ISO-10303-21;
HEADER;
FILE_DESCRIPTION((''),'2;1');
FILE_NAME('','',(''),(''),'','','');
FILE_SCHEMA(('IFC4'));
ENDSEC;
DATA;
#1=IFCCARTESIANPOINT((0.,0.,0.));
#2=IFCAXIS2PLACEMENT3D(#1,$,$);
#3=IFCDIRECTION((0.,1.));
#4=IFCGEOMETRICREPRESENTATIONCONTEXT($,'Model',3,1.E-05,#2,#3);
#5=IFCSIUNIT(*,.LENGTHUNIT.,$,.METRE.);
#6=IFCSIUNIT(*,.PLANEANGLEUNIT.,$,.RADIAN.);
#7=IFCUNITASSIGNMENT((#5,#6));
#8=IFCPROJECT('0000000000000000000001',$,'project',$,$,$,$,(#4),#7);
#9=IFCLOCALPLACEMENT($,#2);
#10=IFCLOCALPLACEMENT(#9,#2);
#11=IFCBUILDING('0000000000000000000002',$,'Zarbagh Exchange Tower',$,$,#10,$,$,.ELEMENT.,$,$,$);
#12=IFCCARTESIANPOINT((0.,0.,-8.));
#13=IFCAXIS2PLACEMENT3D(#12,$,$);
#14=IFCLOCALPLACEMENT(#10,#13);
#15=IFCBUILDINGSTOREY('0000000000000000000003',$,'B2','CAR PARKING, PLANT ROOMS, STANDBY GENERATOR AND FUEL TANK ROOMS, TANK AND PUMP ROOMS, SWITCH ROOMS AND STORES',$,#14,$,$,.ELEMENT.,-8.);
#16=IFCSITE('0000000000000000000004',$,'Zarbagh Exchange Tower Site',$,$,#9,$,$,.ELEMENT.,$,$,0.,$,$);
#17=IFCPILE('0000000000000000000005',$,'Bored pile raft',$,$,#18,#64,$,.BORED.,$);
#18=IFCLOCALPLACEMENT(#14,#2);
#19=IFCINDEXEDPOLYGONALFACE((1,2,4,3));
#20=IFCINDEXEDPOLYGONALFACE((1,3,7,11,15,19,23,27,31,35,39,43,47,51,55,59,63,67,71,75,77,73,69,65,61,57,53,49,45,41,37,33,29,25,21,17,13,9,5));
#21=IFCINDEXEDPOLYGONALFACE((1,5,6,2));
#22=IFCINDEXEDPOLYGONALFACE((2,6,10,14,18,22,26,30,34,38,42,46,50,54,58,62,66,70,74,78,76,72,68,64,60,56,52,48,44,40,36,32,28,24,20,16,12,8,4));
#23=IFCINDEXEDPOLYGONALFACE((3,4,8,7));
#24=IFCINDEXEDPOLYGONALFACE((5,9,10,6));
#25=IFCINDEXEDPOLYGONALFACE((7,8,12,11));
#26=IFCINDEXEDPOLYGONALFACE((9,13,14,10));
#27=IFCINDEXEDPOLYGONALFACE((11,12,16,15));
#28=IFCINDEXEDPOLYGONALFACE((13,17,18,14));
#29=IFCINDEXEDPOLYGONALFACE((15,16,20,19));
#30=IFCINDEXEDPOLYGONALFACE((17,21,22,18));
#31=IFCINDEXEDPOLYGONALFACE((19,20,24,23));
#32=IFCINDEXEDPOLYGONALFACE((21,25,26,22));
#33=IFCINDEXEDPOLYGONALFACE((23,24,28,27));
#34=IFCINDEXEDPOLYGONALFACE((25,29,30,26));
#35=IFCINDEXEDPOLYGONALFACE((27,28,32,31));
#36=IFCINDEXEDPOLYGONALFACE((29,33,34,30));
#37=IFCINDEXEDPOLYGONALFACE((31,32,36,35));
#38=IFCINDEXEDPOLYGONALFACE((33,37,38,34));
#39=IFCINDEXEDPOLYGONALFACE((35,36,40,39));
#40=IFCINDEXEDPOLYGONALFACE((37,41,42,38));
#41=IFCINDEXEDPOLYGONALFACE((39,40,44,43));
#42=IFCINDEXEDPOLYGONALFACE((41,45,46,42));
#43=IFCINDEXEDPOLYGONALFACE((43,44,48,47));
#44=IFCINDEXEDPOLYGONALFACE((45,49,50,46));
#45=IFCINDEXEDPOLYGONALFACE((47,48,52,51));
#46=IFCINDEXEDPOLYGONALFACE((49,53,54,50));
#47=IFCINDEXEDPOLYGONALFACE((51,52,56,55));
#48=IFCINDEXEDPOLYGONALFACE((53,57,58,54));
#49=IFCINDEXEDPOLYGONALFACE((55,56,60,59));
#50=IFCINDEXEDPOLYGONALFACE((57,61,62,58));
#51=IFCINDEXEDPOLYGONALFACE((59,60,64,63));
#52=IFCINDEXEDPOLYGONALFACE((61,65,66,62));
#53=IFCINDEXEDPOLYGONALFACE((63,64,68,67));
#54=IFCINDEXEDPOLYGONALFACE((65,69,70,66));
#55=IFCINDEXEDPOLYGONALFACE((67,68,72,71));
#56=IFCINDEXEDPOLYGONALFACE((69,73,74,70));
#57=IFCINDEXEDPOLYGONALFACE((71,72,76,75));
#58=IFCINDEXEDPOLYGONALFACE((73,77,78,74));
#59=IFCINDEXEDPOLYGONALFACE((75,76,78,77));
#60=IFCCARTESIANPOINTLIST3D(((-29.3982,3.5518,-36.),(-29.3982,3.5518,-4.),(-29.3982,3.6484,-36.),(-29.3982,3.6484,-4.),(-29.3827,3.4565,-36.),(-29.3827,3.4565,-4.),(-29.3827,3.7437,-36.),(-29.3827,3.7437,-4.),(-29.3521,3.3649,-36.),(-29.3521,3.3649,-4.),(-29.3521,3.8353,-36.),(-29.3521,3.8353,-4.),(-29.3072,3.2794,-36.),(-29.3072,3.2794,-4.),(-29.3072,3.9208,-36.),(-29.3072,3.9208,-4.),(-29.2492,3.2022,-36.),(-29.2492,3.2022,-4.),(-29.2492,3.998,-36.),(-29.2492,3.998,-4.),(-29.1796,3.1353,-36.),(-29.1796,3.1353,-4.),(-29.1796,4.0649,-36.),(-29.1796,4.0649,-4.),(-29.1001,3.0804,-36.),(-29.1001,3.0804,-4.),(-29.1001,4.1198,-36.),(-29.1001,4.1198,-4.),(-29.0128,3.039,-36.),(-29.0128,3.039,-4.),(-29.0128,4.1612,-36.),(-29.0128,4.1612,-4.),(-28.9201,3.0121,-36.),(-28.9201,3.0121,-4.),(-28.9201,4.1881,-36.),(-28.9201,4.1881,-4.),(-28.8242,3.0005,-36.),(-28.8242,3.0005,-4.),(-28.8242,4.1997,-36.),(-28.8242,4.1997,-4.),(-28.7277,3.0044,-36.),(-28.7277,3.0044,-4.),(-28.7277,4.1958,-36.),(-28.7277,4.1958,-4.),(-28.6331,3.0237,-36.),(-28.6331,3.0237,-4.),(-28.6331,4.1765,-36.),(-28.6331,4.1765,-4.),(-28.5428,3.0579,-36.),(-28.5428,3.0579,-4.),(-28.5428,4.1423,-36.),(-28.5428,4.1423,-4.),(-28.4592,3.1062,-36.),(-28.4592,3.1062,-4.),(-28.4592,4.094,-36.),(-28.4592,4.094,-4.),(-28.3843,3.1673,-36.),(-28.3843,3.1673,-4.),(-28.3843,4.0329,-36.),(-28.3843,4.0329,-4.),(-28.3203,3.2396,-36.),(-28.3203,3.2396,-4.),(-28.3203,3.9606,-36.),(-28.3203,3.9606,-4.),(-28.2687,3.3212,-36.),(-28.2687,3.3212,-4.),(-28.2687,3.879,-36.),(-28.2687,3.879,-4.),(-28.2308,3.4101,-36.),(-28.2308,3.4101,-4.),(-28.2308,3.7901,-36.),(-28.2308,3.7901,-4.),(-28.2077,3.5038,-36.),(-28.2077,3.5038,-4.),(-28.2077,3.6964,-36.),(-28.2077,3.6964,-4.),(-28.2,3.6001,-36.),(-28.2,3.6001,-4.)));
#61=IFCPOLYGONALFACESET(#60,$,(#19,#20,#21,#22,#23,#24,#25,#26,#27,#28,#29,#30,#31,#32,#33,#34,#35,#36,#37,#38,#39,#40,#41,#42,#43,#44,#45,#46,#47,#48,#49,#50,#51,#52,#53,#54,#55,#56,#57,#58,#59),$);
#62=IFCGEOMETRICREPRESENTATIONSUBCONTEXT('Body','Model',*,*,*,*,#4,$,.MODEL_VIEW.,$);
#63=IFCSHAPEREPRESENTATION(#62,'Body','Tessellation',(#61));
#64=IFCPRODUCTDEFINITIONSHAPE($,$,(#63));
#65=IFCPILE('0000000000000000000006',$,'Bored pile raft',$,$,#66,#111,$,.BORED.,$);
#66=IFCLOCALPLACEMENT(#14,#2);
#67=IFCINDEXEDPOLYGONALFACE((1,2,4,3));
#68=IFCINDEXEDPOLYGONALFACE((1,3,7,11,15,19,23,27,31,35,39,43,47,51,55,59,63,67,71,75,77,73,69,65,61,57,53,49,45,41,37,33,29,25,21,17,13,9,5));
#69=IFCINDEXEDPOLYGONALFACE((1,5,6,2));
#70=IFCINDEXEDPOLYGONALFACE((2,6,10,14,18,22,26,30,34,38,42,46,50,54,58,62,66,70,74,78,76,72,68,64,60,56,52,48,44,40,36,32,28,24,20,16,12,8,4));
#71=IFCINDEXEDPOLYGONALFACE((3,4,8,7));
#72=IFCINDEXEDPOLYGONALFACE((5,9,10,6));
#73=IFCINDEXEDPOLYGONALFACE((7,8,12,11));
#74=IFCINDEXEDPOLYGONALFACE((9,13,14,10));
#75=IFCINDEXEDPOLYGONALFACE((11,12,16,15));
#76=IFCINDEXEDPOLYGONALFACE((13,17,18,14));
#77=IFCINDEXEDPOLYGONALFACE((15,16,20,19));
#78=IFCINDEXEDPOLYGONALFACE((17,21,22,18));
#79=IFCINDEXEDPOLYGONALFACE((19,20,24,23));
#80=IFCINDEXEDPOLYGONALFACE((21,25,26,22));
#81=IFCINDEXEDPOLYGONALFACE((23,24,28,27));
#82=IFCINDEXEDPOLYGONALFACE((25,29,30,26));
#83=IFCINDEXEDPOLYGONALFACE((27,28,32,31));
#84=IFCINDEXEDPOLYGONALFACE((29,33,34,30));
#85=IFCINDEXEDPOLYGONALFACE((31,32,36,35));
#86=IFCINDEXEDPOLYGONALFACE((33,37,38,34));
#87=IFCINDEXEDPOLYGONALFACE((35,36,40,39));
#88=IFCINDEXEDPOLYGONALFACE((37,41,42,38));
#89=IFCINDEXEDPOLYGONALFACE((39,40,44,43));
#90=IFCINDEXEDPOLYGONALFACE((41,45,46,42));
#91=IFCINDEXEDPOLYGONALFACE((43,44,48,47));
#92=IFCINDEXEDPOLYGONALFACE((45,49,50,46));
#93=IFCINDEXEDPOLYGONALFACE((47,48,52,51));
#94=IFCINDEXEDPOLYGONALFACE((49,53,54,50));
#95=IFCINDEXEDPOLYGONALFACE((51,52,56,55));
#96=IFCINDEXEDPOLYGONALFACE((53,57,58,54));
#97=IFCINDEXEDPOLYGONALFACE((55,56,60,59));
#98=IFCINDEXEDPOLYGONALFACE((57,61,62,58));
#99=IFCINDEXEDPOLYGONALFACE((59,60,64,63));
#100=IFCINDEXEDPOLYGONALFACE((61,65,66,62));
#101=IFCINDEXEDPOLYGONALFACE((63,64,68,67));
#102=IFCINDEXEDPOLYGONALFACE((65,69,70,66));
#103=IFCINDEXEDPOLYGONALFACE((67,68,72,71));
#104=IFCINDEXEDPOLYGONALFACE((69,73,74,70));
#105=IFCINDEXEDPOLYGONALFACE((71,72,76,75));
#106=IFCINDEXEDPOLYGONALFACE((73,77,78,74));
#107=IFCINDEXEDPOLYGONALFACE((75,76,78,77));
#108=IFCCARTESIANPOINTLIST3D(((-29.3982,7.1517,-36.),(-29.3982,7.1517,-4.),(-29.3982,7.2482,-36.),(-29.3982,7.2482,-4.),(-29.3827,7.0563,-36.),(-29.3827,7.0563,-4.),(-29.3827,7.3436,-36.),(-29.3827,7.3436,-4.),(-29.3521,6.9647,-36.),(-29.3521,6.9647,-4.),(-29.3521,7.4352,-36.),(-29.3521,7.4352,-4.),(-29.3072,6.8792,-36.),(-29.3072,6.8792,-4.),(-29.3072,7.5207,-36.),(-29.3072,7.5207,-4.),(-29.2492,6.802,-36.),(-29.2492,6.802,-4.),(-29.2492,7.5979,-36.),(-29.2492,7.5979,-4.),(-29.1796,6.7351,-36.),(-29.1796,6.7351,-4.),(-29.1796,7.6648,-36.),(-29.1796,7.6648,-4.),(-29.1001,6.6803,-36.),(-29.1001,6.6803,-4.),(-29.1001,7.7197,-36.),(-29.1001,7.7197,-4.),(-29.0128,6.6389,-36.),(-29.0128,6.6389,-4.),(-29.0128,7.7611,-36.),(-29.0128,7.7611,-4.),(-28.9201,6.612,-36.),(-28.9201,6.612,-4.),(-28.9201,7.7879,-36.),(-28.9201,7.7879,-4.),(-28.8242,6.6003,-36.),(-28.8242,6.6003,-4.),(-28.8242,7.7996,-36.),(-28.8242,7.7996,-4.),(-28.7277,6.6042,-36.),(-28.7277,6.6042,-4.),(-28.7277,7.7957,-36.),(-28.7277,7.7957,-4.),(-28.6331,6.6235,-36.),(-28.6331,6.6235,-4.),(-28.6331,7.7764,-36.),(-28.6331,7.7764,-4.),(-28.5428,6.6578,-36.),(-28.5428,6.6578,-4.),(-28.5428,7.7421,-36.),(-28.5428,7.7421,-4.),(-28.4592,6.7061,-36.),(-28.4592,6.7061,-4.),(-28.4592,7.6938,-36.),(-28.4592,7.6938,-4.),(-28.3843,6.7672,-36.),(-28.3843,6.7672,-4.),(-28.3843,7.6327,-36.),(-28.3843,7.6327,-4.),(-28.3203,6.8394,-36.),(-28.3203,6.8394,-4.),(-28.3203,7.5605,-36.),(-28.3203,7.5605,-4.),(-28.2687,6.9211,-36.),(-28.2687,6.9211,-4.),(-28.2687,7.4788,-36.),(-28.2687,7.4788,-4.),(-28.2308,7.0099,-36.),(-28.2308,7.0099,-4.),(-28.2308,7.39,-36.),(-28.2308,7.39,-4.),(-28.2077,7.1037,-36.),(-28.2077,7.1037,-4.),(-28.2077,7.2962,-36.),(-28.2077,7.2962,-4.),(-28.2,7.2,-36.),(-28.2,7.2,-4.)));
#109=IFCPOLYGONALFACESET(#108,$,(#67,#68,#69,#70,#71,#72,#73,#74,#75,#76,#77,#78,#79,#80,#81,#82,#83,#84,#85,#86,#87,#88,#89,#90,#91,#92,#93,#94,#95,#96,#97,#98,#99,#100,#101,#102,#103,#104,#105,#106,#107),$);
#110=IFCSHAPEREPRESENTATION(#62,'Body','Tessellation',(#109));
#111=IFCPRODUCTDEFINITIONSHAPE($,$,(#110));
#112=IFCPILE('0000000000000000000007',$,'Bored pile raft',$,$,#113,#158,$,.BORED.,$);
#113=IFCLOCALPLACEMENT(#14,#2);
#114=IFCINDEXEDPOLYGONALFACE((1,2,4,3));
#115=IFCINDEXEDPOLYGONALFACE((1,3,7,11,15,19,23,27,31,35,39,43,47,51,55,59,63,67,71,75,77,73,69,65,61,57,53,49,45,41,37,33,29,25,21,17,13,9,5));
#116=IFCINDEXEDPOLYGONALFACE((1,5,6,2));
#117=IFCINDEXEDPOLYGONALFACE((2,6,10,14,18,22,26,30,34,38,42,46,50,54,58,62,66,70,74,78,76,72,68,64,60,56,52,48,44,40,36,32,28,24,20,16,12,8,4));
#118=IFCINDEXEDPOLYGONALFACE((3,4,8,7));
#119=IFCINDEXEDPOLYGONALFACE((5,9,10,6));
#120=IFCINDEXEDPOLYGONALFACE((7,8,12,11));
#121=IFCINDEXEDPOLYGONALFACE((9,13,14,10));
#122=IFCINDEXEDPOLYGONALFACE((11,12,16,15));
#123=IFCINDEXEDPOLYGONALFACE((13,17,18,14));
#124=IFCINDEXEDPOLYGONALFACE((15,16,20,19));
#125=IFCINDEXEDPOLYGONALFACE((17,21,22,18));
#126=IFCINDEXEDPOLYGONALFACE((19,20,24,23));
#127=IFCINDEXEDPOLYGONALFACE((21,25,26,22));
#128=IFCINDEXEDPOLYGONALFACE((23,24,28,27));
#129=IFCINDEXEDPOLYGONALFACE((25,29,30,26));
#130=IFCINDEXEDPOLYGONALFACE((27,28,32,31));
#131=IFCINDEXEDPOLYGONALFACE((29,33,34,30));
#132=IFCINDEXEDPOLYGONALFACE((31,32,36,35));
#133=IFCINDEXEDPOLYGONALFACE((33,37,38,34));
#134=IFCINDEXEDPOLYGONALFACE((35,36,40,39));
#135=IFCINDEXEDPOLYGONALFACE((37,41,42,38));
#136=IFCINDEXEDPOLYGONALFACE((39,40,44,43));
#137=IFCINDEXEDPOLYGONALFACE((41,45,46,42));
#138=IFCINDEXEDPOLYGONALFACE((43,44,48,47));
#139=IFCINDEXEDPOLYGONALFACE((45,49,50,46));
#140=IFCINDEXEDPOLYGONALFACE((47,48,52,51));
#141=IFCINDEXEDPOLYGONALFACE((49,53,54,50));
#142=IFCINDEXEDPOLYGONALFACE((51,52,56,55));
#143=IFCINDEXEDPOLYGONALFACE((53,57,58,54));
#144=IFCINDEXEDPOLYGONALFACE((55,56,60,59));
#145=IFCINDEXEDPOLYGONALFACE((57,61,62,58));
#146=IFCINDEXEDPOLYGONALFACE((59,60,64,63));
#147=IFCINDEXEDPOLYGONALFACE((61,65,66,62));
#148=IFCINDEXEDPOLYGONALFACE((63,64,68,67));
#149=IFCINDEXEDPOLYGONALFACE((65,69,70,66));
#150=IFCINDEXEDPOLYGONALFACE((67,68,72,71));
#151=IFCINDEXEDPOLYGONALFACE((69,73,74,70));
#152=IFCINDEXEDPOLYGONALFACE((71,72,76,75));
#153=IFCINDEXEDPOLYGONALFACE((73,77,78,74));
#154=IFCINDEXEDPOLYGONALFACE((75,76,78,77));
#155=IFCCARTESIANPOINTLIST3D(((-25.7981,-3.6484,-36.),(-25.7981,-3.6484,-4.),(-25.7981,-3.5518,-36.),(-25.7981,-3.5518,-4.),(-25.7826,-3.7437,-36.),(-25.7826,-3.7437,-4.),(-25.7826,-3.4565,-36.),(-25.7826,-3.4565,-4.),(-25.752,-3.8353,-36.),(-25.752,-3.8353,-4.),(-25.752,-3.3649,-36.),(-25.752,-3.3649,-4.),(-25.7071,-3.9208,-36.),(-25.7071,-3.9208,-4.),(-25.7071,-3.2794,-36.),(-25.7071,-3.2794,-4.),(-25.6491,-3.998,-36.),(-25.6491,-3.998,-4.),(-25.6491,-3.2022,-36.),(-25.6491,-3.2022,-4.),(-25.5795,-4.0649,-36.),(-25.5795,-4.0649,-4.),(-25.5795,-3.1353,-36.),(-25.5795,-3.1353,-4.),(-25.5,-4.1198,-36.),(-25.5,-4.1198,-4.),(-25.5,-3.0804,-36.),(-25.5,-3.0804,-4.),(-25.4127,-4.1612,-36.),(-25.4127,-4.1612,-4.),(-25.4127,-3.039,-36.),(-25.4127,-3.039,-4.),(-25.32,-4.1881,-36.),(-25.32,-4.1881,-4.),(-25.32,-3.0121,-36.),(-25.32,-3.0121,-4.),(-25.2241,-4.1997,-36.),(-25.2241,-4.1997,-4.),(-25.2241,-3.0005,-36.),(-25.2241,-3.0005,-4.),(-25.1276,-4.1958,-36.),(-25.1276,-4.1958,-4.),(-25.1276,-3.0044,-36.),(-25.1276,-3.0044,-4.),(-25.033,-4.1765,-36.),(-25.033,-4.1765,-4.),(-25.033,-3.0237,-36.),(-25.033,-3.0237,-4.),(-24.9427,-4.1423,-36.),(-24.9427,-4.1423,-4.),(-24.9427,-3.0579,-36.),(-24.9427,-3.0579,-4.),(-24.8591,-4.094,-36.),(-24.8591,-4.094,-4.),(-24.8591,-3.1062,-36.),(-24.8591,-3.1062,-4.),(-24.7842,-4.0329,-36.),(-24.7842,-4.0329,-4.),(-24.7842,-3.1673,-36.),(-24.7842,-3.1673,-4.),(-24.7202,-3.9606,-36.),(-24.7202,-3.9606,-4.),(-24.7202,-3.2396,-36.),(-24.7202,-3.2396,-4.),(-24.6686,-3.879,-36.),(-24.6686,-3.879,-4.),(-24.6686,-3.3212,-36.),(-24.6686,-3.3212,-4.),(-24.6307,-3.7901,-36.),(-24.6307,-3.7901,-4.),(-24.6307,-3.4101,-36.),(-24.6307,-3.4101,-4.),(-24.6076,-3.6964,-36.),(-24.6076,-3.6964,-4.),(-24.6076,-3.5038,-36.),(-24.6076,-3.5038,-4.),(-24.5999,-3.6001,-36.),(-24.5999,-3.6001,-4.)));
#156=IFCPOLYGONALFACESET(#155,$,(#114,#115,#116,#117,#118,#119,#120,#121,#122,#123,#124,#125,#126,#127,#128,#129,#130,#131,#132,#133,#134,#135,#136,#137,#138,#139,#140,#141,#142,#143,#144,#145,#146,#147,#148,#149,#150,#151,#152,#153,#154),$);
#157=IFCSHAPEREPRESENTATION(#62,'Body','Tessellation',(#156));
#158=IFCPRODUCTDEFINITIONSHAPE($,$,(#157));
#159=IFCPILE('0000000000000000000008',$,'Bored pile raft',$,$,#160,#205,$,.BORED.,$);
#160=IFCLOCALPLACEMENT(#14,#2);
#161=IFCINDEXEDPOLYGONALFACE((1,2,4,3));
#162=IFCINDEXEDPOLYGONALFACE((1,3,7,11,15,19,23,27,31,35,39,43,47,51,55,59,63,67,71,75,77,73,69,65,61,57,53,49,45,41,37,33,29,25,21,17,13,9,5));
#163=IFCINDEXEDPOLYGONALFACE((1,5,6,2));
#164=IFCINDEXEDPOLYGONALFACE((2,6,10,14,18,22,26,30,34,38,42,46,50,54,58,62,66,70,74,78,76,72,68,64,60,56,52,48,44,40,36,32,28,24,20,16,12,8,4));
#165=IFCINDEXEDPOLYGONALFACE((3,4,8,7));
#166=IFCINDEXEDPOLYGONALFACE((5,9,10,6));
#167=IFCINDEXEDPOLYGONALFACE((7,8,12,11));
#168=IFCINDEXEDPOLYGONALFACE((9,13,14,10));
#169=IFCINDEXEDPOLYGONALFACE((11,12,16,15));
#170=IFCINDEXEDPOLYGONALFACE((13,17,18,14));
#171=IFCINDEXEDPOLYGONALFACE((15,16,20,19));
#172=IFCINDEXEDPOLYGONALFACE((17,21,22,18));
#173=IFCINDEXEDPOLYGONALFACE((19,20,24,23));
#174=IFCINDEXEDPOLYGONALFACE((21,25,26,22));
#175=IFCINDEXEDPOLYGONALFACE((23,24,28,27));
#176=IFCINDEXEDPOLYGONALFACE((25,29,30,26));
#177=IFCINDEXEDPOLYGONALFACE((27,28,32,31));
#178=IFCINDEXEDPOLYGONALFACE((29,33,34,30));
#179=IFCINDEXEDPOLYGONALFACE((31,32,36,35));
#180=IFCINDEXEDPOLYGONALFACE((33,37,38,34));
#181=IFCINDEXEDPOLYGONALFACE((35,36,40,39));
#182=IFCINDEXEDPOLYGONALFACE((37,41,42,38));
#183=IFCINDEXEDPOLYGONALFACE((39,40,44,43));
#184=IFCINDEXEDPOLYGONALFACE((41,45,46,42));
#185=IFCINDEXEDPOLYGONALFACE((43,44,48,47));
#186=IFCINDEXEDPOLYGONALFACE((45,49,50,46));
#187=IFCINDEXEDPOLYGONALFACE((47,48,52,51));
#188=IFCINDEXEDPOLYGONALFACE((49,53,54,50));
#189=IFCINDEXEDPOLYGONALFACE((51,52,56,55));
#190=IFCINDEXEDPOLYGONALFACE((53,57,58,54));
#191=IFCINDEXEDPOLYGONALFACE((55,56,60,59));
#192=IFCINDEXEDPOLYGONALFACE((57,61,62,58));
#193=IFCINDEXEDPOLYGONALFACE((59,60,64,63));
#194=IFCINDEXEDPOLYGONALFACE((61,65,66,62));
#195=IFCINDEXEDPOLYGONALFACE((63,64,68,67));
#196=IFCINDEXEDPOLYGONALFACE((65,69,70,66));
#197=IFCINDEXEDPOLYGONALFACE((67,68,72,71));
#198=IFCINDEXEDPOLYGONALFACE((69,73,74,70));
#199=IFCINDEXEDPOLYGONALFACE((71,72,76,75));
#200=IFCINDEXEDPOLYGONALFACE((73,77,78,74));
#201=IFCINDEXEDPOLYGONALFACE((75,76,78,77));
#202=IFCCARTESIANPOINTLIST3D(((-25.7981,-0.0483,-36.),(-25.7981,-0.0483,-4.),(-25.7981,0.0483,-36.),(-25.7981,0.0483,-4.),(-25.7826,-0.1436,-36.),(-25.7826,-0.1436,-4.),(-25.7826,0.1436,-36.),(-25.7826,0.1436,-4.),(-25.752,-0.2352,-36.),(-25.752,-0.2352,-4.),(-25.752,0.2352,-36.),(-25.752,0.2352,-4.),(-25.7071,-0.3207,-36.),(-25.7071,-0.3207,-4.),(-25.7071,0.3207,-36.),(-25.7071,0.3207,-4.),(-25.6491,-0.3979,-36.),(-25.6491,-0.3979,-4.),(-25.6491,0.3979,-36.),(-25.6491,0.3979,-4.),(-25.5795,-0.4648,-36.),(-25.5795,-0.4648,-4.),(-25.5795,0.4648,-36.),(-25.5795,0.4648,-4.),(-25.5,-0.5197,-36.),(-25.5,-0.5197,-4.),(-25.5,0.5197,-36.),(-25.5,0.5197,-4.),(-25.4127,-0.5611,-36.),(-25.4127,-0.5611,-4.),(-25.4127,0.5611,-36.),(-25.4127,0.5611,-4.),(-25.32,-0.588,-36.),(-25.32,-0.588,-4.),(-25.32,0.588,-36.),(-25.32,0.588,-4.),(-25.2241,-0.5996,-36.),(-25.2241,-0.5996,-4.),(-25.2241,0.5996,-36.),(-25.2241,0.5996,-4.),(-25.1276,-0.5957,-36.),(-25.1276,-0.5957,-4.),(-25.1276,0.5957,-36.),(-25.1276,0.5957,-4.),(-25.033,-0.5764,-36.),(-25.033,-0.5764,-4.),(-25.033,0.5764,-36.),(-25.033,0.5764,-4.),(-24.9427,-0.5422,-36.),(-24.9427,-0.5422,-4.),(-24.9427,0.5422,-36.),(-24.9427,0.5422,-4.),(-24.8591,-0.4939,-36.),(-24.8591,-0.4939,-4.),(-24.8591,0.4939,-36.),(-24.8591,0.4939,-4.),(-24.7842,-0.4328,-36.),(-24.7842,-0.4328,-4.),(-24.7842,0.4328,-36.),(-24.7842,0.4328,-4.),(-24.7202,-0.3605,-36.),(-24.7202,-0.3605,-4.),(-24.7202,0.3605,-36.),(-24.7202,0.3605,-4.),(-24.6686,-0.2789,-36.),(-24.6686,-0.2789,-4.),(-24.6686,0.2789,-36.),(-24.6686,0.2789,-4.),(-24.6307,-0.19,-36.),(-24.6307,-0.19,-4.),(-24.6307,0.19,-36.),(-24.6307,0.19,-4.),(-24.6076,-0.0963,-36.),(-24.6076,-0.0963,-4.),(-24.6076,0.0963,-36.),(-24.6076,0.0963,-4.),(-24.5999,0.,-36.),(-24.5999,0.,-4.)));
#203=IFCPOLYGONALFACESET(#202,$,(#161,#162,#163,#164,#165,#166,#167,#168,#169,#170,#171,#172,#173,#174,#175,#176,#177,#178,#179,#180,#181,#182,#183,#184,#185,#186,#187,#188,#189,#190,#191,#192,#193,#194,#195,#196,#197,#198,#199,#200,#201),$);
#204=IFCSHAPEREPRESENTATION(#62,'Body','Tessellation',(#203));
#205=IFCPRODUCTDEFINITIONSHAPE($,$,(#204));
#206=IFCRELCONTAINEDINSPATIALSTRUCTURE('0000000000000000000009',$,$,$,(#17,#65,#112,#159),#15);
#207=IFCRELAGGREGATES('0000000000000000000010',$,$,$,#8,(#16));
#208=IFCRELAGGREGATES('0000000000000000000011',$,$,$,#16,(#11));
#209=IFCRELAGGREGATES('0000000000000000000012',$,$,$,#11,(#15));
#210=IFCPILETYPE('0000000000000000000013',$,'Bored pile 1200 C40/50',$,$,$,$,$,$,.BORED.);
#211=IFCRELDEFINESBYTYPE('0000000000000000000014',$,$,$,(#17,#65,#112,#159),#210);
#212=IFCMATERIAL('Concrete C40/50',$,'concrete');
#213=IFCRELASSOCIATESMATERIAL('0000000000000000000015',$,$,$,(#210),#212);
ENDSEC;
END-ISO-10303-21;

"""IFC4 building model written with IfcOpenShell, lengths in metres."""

from ifc_helpers import new_model, si_unit, direction, frame, origin, origin_2d, place, context, subcontext, project, spatial, circle, extrude, material, material_profile, profile_set, type_object, element, save


model = new_model("IFC4")

# Units and contexts
model_context = context("Model", 3, precision=1e-05, world=origin(), true_north=direction((0.0, 1.0)))
body_context = subcontext(model_context, "Body", "Model", "MODEL_VIEW")
ifc_project = project(units=[si_unit("LENGTHUNIT", "METRE"), si_unit("PLANEANGLEUNIT", "RADIAN")], contexts=[model_context])

# Site, building, storey
site_placement = place(None, origin())
site = spatial("IfcSite", under=ifc_project, at=site_placement, Name="Zarbagh Exchange Tower Site", CompositionType="ELEMENT", RefElevation=0.0)
building_placement = place(site_placement, origin())
building = spatial("IfcBuilding", under=site, at=building_placement, Name="Zarbagh Exchange Tower", CompositionType="ELEMENT")
storey_placement = place(building_placement, frame((0.0, 0.0, -8.0)))
storey = spatial("IfcBuildingStorey", under=building, at=storey_placement, Name="B2", Description="CAR PARKING, PLANT ROOMS, STANDBY GENERATOR AND FUEL TANK ROOMS, TANK AND PUMP ROOMS, SWITCH ROOMS AND STORES", CompositionType="ELEMENT", Elevation=-8.0)

# Piles
ifc_material_1 = material(Name="Concrete C40/50", Category="concrete")
ifc_material_profile_1 = material_profile(ifc_material_1, circle(Radius=0.6001, at=origin_2d()), Name="Bored pile 1200 C40/50")
ifc_profile_set_1 = profile_set([ifc_material_profile_1], Name="Concrete C40/50")
pile_type = type_object("IfcPileType", Name="Bored pile 1200 C40/50", PredefinedType="BORED", material=ifc_profile_set_1)
for number, where, z_axis, x_axis, name in (
    (1, (-28.8, 3.6001, -4.0), (0.0, 0.0, -1.0), (1.0, 0.0, 0.0), "Bored pile raft"),
    (2, (-28.8, 7.2, -4.0), (0.0, 0.0, -1.0), (1.0, 0.0, 0.0), "Bored pile raft"),
    (3, (-25.2, -3.6001, -4.0), (0.0, 0.0, -1.0), (1.0, 0.0, 0.0), "Bored pile raft"),
    (4, (-25.2, 0.0, -4.0), (0.0, 0.0, -1.0), (1.0, 0.0, 0.0), "Bored pile raft"),
):
    element("IfcPile", number, at=place(storey_placement, frame(where, z_axis=z_axis, x_axis=x_axis)), inside=storey, type_object=pile_type, Name=name, PredefinedType="BORED", context=body_context, shape_type="SweptSolid", body=[
        extrude(circle(Radius=0.6001, at=origin_2d()), origin(), (0.0, 0.0, 1.0), 32.0),
    ])

save(model, "model.ifc")
